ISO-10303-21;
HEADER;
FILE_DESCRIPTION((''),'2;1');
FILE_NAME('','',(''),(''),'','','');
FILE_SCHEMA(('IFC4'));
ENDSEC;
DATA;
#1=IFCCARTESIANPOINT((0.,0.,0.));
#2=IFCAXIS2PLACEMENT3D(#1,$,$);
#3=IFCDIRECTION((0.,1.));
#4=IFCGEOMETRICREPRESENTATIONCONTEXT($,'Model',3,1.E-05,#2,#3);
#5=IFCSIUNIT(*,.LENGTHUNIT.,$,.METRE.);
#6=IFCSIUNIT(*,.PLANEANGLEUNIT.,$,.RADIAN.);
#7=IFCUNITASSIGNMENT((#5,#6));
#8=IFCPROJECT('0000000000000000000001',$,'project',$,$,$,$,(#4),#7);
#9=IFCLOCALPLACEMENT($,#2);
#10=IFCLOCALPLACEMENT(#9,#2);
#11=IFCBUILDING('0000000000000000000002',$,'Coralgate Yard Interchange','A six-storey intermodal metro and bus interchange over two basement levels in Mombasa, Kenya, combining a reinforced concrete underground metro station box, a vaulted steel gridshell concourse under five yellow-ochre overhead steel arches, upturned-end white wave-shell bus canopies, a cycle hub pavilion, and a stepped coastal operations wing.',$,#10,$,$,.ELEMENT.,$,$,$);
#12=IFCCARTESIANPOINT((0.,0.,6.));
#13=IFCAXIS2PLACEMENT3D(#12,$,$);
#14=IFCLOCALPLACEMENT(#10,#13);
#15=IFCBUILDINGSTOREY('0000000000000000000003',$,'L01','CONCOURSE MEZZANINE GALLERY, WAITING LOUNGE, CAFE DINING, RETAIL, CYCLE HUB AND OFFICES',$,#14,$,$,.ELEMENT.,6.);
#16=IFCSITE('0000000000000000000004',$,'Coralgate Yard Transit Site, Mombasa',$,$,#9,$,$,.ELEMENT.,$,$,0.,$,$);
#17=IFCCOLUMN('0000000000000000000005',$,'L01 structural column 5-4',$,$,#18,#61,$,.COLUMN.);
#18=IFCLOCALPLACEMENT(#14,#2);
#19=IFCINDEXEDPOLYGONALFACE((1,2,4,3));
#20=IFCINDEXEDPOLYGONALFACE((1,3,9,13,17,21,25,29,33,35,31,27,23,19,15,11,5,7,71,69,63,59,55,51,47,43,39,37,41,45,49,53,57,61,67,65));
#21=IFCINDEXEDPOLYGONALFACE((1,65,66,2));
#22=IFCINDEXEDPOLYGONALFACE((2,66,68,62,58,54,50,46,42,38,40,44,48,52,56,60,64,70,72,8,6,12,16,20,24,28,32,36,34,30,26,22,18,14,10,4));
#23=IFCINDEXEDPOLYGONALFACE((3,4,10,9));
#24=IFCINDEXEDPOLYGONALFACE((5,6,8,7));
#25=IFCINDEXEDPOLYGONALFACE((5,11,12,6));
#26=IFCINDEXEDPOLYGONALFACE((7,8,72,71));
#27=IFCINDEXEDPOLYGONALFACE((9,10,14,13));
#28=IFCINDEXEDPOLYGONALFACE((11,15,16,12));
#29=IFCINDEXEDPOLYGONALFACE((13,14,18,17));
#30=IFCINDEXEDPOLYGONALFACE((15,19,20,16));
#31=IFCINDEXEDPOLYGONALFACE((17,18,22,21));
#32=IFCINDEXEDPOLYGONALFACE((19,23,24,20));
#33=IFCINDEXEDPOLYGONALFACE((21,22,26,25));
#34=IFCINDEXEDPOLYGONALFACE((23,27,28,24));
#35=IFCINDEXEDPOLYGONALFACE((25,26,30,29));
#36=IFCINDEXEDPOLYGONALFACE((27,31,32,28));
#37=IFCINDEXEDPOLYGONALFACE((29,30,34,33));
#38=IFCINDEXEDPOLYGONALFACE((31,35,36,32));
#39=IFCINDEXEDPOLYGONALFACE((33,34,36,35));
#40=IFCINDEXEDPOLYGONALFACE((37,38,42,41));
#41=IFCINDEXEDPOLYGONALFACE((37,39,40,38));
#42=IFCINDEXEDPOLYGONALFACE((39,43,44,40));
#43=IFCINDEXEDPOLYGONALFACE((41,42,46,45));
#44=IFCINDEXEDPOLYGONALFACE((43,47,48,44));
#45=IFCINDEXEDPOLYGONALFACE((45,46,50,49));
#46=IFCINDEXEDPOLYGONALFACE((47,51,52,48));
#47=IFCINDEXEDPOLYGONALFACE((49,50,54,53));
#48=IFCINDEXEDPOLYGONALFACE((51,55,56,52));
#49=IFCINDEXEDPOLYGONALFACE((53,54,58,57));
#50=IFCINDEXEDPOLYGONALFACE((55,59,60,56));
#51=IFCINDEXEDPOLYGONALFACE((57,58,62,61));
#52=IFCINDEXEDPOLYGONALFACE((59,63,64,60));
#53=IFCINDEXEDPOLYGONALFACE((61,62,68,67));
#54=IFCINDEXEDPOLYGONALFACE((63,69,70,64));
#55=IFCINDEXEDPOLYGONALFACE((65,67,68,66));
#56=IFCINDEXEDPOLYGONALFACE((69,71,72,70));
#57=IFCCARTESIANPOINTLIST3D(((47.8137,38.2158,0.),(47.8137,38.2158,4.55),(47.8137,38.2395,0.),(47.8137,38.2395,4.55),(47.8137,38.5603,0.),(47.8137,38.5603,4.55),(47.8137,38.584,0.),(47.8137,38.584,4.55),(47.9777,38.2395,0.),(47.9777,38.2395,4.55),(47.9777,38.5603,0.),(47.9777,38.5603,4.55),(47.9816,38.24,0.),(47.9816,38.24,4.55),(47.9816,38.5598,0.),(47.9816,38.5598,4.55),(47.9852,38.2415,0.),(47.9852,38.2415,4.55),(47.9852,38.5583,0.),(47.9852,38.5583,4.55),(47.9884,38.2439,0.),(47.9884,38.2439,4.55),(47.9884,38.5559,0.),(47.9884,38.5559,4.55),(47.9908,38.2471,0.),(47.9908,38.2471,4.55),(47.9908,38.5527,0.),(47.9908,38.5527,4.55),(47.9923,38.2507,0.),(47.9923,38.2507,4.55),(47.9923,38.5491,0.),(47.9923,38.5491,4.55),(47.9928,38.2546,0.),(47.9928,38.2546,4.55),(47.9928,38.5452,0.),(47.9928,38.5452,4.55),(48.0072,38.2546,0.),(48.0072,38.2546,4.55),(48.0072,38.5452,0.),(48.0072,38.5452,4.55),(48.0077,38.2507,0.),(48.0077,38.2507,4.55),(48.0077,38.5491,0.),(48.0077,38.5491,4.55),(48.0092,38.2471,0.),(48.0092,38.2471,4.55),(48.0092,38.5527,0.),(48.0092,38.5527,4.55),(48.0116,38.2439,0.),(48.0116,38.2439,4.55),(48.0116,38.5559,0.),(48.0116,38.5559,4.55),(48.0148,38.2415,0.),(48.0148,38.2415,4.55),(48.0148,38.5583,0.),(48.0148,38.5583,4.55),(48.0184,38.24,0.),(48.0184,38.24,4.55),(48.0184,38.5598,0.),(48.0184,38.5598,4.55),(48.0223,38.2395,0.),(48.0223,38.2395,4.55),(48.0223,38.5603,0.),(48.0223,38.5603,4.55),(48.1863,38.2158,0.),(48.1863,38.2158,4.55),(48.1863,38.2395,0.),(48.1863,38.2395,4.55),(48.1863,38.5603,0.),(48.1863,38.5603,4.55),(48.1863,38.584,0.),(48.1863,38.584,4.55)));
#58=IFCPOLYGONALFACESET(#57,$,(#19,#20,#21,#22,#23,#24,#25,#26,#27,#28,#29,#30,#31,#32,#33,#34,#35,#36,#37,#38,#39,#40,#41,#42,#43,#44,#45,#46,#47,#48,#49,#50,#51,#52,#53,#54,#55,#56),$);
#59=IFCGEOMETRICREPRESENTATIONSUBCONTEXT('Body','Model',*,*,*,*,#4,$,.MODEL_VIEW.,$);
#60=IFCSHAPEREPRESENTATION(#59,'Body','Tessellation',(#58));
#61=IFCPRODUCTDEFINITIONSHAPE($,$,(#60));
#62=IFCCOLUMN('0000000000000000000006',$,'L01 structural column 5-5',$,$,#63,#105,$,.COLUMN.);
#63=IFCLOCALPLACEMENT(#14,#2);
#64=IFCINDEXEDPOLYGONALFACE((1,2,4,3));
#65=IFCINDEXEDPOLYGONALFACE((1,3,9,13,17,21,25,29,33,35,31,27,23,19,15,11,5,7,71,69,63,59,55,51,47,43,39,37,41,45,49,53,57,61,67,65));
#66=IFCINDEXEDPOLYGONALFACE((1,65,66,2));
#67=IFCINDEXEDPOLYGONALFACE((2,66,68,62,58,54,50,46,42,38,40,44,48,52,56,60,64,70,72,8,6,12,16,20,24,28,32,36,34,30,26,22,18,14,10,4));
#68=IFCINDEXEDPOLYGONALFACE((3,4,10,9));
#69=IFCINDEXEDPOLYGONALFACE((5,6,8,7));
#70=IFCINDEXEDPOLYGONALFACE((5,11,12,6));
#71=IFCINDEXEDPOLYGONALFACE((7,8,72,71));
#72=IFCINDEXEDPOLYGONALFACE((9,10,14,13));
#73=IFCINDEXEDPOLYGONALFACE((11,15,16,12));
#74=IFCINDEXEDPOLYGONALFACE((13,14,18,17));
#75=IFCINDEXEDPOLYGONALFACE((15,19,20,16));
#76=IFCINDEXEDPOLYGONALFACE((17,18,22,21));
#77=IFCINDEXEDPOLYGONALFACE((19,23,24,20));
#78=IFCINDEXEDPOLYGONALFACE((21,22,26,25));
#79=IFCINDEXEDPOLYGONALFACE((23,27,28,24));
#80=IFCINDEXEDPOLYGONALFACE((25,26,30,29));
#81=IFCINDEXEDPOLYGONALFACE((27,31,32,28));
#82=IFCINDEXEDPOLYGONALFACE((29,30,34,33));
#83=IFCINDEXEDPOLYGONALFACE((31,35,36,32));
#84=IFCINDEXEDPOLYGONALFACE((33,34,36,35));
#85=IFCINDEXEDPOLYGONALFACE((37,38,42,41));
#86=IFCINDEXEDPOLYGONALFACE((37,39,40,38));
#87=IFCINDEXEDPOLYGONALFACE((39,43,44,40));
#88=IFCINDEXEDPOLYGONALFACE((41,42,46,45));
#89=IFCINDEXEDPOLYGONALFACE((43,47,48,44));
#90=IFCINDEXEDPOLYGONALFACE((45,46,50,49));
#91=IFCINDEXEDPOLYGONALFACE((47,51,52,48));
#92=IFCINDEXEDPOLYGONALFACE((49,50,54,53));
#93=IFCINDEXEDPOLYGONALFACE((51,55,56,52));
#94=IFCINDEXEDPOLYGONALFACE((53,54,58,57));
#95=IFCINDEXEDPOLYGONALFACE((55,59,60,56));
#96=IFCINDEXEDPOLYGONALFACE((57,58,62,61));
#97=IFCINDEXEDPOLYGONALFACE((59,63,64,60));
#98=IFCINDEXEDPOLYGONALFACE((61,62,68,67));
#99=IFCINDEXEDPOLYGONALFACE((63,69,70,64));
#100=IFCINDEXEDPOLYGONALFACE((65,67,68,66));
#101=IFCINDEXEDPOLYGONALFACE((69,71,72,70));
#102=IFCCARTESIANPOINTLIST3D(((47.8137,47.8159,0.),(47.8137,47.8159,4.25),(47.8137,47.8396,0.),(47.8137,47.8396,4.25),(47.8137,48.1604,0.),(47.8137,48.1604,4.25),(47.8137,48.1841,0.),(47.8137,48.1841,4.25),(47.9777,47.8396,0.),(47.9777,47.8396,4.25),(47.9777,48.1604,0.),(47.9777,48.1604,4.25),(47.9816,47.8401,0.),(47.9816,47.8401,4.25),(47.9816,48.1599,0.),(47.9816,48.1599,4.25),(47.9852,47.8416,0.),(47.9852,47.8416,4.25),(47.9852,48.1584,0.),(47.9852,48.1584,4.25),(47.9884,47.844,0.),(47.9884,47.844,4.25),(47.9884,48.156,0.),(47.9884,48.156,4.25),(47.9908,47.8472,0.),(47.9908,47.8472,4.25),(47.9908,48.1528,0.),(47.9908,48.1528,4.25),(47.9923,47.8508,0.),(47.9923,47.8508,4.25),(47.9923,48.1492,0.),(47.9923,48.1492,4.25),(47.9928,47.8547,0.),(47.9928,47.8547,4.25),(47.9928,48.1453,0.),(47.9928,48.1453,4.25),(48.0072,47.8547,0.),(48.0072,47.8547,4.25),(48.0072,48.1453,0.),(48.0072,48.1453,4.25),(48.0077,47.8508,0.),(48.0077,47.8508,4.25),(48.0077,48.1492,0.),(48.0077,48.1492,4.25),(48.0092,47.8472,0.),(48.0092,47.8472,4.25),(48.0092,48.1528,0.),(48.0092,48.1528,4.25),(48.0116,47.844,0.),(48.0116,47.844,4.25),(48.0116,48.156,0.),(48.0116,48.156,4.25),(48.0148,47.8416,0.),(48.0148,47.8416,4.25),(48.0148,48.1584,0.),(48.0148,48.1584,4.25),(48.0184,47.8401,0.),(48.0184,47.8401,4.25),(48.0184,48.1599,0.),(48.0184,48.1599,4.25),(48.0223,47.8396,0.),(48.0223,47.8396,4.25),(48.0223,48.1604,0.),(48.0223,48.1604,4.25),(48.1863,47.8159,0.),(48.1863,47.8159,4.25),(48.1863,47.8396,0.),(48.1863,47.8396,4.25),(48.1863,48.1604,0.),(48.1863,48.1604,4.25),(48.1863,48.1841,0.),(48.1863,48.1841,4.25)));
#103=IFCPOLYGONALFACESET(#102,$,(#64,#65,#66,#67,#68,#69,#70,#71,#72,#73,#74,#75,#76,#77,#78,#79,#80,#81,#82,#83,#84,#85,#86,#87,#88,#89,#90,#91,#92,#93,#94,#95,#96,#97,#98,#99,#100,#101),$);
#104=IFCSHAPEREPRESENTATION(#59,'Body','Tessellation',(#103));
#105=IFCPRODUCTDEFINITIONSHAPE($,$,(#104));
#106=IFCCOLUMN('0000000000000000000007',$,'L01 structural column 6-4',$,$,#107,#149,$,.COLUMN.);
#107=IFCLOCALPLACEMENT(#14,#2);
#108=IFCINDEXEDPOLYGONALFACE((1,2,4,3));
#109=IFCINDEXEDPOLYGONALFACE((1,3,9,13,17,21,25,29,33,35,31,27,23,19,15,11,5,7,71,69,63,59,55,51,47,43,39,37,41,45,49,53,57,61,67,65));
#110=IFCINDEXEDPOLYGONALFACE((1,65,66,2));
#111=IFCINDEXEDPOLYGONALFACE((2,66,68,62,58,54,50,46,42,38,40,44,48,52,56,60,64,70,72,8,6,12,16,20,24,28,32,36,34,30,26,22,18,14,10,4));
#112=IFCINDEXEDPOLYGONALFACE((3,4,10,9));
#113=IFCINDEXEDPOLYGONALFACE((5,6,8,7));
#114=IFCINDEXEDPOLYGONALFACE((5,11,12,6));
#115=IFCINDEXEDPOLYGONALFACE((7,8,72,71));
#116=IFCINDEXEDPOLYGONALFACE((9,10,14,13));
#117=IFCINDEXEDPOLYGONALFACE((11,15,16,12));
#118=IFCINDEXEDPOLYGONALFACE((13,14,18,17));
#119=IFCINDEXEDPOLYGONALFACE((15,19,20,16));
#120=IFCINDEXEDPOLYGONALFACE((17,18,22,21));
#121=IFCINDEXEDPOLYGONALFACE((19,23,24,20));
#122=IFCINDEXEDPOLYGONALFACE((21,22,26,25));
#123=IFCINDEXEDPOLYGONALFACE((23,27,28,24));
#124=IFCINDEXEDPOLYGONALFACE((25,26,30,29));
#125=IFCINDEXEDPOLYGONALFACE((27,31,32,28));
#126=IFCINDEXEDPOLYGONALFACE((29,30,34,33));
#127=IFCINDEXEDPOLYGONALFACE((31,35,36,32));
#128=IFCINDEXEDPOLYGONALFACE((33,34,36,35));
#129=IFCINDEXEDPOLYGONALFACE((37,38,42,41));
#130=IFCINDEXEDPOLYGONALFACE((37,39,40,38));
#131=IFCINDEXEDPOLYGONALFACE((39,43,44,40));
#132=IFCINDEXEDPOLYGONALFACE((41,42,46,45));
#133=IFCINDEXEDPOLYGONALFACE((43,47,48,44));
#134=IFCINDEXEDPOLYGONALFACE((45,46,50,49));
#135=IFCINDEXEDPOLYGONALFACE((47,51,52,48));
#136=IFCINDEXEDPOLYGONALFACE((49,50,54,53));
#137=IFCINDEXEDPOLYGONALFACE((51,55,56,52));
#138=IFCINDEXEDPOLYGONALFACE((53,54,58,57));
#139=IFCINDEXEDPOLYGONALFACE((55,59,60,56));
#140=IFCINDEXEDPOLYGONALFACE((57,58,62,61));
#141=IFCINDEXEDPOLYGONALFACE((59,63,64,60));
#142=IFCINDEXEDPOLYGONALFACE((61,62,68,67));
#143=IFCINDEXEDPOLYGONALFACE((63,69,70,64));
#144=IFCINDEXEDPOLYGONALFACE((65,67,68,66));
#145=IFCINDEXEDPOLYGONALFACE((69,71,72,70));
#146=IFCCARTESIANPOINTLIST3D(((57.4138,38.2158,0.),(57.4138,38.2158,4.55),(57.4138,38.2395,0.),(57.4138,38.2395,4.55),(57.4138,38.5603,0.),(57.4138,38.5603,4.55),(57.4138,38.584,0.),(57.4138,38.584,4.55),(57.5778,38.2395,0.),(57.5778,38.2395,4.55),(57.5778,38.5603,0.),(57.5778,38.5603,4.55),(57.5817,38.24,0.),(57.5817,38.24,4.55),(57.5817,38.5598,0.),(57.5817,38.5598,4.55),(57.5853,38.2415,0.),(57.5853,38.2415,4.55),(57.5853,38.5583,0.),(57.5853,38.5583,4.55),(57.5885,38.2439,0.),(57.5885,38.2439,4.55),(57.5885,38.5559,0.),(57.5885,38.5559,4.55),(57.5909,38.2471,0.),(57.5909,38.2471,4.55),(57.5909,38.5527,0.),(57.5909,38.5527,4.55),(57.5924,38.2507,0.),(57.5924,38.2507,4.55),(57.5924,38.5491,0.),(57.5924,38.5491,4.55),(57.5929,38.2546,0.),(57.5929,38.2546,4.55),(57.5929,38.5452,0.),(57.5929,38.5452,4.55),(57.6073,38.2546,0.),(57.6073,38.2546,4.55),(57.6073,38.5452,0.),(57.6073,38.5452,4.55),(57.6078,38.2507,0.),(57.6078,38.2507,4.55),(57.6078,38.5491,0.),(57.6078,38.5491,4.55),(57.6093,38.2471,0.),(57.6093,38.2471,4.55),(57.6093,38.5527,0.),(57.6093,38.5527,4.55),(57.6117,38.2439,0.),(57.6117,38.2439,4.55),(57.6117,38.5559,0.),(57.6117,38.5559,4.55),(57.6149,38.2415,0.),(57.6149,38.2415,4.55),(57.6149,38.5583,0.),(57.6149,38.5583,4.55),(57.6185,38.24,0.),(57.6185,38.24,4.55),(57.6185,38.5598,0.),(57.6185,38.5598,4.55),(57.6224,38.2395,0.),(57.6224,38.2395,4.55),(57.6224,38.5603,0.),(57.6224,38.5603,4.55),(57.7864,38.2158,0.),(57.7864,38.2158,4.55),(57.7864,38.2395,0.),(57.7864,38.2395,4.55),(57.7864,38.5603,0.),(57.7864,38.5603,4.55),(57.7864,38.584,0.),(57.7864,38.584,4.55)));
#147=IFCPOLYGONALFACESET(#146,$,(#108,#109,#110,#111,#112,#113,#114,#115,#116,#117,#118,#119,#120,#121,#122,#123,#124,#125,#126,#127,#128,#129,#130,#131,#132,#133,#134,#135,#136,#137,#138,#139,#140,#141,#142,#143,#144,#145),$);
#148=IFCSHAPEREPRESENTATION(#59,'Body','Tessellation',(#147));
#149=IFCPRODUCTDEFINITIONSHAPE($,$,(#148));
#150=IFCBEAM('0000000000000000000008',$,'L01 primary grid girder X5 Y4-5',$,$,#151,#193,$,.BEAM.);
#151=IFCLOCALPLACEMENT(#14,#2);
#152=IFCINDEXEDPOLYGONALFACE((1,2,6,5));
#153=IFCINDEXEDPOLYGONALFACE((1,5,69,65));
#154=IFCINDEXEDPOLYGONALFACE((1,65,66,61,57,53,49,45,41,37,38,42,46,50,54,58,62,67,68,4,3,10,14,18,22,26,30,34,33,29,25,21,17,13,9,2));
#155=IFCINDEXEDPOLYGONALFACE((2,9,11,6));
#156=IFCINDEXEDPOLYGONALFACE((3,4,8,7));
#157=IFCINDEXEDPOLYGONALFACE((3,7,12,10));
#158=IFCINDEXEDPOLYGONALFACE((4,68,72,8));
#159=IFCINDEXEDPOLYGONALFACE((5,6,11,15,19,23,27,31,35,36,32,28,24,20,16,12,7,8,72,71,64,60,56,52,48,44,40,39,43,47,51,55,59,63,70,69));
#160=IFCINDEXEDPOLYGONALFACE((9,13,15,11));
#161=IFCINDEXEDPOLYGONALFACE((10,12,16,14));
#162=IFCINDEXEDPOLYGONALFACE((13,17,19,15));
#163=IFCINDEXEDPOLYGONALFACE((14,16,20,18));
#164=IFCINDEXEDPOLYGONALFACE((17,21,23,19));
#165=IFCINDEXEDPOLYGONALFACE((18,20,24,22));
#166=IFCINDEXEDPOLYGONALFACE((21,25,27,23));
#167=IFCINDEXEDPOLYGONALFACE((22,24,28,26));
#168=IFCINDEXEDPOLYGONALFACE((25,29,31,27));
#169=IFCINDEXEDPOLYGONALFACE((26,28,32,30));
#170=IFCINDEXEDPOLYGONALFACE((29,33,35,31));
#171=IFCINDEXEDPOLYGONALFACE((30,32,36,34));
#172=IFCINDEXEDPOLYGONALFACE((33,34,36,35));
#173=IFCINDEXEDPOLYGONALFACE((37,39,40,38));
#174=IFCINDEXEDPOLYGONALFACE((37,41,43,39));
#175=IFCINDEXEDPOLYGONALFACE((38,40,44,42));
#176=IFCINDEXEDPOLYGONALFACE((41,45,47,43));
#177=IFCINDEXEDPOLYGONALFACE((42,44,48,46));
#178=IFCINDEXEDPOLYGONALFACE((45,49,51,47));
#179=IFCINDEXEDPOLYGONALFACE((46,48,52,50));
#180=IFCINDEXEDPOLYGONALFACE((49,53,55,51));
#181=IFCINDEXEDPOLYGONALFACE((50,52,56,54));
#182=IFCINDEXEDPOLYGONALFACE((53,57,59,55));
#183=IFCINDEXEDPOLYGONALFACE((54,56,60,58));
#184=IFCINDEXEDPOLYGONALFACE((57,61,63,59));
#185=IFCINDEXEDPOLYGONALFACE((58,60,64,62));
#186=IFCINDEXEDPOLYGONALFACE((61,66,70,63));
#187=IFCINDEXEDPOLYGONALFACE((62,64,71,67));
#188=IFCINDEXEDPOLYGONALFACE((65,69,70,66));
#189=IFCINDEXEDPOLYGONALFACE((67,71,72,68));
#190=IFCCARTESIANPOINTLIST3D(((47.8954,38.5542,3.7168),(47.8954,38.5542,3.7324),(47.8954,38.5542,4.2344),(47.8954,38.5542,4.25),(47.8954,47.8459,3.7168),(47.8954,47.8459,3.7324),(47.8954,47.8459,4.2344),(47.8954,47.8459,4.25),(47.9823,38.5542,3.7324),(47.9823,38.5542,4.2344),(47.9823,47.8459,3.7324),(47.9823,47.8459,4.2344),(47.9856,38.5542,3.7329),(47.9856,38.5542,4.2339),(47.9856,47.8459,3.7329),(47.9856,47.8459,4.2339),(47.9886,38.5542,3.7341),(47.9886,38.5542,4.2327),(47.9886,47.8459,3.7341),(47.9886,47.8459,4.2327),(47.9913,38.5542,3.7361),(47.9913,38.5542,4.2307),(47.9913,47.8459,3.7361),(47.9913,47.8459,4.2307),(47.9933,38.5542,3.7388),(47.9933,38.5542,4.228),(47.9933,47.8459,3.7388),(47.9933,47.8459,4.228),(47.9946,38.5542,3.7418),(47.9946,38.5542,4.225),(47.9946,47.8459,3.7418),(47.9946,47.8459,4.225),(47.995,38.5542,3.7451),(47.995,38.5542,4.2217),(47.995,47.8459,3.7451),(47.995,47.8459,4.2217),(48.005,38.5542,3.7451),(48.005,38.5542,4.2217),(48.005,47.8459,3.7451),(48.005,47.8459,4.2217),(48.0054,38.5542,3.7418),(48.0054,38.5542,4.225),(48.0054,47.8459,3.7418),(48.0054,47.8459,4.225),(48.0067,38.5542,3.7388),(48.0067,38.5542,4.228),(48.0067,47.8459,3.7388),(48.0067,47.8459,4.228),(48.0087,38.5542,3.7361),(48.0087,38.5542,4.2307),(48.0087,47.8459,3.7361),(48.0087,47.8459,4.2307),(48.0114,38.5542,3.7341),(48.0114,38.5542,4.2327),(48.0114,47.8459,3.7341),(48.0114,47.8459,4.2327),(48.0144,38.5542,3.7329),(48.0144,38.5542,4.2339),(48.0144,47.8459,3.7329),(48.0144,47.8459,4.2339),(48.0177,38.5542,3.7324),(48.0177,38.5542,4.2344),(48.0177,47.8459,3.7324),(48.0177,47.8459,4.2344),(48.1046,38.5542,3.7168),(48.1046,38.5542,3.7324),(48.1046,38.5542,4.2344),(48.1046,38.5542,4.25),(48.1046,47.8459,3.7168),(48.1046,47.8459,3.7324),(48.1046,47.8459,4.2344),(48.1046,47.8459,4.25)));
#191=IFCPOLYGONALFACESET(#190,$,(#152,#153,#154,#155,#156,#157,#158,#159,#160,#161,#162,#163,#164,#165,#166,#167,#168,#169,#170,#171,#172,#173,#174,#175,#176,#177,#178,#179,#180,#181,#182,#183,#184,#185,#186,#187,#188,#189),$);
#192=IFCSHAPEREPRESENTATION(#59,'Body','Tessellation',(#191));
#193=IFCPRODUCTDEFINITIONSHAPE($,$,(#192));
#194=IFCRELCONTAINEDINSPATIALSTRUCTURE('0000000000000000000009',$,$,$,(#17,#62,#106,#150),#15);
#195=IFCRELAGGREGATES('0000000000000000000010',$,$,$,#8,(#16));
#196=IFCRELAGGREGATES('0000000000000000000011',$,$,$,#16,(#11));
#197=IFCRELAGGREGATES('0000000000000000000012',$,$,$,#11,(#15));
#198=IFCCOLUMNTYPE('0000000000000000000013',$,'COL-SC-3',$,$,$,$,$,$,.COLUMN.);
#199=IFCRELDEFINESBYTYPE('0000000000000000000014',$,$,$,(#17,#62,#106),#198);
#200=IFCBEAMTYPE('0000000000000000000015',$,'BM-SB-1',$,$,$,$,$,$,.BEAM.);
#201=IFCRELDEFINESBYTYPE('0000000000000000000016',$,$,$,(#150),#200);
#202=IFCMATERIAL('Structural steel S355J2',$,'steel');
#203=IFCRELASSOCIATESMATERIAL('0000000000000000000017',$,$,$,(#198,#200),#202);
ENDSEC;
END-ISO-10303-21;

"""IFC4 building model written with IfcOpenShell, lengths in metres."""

from ifc_helpers import new_model, si_unit, direction, frame, origin, origin_2d, place, context, subcontext, project, spatial, i_section, extrude, material, material_profile, profile_set, type_object, element, save


model = new_model("IFC4")

# Units and contexts
model_context = context("Model", 3, precision=1e-05, world=origin(), true_north=direction((0.0, 1.0)))
body_context = subcontext(model_context, "Body", "Model", "MODEL_VIEW")
ifc_project = project(units=[si_unit("LENGTHUNIT", "METRE"), si_unit("PLANEANGLEUNIT", "RADIAN")], contexts=[model_context])

# Site, building, storey
site_placement = place(None, origin())
site = spatial("IfcSite", under=ifc_project, at=site_placement, Name="Coralgate Yard Transit Site, Mombasa", CompositionType="ELEMENT", RefElevation=0.0)
building_placement = place(site_placement, origin())
building = spatial("IfcBuilding", under=site, at=building_placement, Name="Coralgate Yard Interchange", Description="A six-storey intermodal metro and bus interchange over two basement levels in Mombasa, Kenya, combining a reinforced concrete underground metro station box, a vaulted steel gridshell concourse under five yellow-ochre overhead steel arches, upturned-end white wave-shell bus canopies, a cycle hub pavilion, and a stepped coastal operations wing.", CompositionType="ELEMENT")
storey_placement = place(building_placement, frame((0.0, 0.0, 6.0)))
storey = spatial("IfcBuildingStorey", under=building, at=storey_placement, Name="L01", Description="CONCOURSE MEZZANINE GALLERY, WAITING LOUNGE, CAFE DINING, RETAIL, CYCLE HUB AND OFFICES", CompositionType="ELEMENT", Elevation=6.0)

# Columns
ifc_material_1 = material(Name="Structural steel S355J2", Category="steel")
ifc_material_profile_1 = material_profile(ifc_material_1, i_section(OverallWidth=0.3726, OverallDepth=0.3682, WebThickness=0.0144, FlangeThickness=0.0237, FilletRadius=0.0151, at=origin_2d()), Name="UC 356x368x177")
ifc_profile_set_1 = profile_set([ifc_material_profile_1], Name="Structural steel S355J2")
column_type = type_object("IfcColumnType", Name="COL-SC-3", PredefinedType="COLUMN", material=ifc_profile_set_1)
column_1_placement = place(storey_placement, frame((48.0, 38.3999, 0.0), z_axis=(0.0, 0.0, 1.0), x_axis=(1.0, 0.0, 0.0)))
element("IfcColumn", 1, at=column_1_placement, inside=storey, type_object=column_type, Name="L01 structural column 5-4", PredefinedType="COLUMN", context=body_context, shape_type="SweptSolid", body=[
    extrude(i_section(OverallWidth=0.3726, OverallDepth=0.3682, WebThickness=0.0144, FlangeThickness=0.0237, FilletRadius=0.0151, at=origin_2d()), origin(), (0.0, 0.0, 1.0), 4.55),
])
column_2_placement = place(storey_placement, frame((48.0, 48.0, 0.0), z_axis=(0.0, 0.0, 1.0), x_axis=(1.0, 0.0, 0.0)))
element("IfcColumn", 2, at=column_2_placement, inside=storey, type_object=column_type, Name="L01 structural column 5-5", PredefinedType="COLUMN", context=body_context, shape_type="SweptSolid", body=[
    extrude(i_section(OverallWidth=0.3726, OverallDepth=0.3682, WebThickness=0.0144, FlangeThickness=0.0237, FilletRadius=0.0151, at=origin_2d()), origin(), (0.0, 0.0, 1.0), 4.25),
])
column_3_placement = place(storey_placement, frame((57.6001, 38.3999, 0.0), z_axis=(0.0, 0.0, 1.0), x_axis=(1.0, 0.0, 0.0)))
element("IfcColumn", 3, at=column_3_placement, inside=storey, type_object=column_type, Name="L01 structural column 6-4", PredefinedType="COLUMN", context=body_context, shape_type="SweptSolid", body=[
    extrude(i_section(OverallWidth=0.3726, OverallDepth=0.3682, WebThickness=0.0144, FlangeThickness=0.0237, FilletRadius=0.0151, at=origin_2d()), origin(), (0.0, 0.0, 1.0), 4.55),
])

# Beam
ifc_material_profile_2 = material_profile(ifc_material_1, i_section(OverallWidth=0.2092, OverallDepth=0.5332, WebThickness=0.01, FlangeThickness=0.0156, FilletRadius=0.0127, at=origin_2d()), Name="UB 533x210x92")
ifc_profile_set_2 = profile_set([ifc_material_profile_2], Name="Structural steel S355J2")
beam_type_1 = type_object("IfcBeamType", Name="BM-SB-1", PredefinedType="BEAM", material=ifc_profile_set_2)
for number, where, z_axis, x_axis, name in (
    (4, (48.0, 38.5542, 3.9834), (0.0, 1.0, 0.0), (-1.0, 0.0, 0.0), "L01 primary grid girder X5 Y4-5"),
):
    element("IfcBeam", number, at=place(storey_placement, frame(where, z_axis=z_axis, x_axis=x_axis)), inside=storey, type_object=beam_type_1, Name=name, PredefinedType="BEAM", context=body_context, shape_type="SweptSolid", body=[
        extrude(i_section(OverallWidth=0.2092, OverallDepth=0.5332, WebThickness=0.01, FlangeThickness=0.0156, FilletRadius=0.0127, at=origin_2d()), origin(), (0.0, 0.0, 1.0), 9.2917),
    ])

save(model, "model.ifc")
